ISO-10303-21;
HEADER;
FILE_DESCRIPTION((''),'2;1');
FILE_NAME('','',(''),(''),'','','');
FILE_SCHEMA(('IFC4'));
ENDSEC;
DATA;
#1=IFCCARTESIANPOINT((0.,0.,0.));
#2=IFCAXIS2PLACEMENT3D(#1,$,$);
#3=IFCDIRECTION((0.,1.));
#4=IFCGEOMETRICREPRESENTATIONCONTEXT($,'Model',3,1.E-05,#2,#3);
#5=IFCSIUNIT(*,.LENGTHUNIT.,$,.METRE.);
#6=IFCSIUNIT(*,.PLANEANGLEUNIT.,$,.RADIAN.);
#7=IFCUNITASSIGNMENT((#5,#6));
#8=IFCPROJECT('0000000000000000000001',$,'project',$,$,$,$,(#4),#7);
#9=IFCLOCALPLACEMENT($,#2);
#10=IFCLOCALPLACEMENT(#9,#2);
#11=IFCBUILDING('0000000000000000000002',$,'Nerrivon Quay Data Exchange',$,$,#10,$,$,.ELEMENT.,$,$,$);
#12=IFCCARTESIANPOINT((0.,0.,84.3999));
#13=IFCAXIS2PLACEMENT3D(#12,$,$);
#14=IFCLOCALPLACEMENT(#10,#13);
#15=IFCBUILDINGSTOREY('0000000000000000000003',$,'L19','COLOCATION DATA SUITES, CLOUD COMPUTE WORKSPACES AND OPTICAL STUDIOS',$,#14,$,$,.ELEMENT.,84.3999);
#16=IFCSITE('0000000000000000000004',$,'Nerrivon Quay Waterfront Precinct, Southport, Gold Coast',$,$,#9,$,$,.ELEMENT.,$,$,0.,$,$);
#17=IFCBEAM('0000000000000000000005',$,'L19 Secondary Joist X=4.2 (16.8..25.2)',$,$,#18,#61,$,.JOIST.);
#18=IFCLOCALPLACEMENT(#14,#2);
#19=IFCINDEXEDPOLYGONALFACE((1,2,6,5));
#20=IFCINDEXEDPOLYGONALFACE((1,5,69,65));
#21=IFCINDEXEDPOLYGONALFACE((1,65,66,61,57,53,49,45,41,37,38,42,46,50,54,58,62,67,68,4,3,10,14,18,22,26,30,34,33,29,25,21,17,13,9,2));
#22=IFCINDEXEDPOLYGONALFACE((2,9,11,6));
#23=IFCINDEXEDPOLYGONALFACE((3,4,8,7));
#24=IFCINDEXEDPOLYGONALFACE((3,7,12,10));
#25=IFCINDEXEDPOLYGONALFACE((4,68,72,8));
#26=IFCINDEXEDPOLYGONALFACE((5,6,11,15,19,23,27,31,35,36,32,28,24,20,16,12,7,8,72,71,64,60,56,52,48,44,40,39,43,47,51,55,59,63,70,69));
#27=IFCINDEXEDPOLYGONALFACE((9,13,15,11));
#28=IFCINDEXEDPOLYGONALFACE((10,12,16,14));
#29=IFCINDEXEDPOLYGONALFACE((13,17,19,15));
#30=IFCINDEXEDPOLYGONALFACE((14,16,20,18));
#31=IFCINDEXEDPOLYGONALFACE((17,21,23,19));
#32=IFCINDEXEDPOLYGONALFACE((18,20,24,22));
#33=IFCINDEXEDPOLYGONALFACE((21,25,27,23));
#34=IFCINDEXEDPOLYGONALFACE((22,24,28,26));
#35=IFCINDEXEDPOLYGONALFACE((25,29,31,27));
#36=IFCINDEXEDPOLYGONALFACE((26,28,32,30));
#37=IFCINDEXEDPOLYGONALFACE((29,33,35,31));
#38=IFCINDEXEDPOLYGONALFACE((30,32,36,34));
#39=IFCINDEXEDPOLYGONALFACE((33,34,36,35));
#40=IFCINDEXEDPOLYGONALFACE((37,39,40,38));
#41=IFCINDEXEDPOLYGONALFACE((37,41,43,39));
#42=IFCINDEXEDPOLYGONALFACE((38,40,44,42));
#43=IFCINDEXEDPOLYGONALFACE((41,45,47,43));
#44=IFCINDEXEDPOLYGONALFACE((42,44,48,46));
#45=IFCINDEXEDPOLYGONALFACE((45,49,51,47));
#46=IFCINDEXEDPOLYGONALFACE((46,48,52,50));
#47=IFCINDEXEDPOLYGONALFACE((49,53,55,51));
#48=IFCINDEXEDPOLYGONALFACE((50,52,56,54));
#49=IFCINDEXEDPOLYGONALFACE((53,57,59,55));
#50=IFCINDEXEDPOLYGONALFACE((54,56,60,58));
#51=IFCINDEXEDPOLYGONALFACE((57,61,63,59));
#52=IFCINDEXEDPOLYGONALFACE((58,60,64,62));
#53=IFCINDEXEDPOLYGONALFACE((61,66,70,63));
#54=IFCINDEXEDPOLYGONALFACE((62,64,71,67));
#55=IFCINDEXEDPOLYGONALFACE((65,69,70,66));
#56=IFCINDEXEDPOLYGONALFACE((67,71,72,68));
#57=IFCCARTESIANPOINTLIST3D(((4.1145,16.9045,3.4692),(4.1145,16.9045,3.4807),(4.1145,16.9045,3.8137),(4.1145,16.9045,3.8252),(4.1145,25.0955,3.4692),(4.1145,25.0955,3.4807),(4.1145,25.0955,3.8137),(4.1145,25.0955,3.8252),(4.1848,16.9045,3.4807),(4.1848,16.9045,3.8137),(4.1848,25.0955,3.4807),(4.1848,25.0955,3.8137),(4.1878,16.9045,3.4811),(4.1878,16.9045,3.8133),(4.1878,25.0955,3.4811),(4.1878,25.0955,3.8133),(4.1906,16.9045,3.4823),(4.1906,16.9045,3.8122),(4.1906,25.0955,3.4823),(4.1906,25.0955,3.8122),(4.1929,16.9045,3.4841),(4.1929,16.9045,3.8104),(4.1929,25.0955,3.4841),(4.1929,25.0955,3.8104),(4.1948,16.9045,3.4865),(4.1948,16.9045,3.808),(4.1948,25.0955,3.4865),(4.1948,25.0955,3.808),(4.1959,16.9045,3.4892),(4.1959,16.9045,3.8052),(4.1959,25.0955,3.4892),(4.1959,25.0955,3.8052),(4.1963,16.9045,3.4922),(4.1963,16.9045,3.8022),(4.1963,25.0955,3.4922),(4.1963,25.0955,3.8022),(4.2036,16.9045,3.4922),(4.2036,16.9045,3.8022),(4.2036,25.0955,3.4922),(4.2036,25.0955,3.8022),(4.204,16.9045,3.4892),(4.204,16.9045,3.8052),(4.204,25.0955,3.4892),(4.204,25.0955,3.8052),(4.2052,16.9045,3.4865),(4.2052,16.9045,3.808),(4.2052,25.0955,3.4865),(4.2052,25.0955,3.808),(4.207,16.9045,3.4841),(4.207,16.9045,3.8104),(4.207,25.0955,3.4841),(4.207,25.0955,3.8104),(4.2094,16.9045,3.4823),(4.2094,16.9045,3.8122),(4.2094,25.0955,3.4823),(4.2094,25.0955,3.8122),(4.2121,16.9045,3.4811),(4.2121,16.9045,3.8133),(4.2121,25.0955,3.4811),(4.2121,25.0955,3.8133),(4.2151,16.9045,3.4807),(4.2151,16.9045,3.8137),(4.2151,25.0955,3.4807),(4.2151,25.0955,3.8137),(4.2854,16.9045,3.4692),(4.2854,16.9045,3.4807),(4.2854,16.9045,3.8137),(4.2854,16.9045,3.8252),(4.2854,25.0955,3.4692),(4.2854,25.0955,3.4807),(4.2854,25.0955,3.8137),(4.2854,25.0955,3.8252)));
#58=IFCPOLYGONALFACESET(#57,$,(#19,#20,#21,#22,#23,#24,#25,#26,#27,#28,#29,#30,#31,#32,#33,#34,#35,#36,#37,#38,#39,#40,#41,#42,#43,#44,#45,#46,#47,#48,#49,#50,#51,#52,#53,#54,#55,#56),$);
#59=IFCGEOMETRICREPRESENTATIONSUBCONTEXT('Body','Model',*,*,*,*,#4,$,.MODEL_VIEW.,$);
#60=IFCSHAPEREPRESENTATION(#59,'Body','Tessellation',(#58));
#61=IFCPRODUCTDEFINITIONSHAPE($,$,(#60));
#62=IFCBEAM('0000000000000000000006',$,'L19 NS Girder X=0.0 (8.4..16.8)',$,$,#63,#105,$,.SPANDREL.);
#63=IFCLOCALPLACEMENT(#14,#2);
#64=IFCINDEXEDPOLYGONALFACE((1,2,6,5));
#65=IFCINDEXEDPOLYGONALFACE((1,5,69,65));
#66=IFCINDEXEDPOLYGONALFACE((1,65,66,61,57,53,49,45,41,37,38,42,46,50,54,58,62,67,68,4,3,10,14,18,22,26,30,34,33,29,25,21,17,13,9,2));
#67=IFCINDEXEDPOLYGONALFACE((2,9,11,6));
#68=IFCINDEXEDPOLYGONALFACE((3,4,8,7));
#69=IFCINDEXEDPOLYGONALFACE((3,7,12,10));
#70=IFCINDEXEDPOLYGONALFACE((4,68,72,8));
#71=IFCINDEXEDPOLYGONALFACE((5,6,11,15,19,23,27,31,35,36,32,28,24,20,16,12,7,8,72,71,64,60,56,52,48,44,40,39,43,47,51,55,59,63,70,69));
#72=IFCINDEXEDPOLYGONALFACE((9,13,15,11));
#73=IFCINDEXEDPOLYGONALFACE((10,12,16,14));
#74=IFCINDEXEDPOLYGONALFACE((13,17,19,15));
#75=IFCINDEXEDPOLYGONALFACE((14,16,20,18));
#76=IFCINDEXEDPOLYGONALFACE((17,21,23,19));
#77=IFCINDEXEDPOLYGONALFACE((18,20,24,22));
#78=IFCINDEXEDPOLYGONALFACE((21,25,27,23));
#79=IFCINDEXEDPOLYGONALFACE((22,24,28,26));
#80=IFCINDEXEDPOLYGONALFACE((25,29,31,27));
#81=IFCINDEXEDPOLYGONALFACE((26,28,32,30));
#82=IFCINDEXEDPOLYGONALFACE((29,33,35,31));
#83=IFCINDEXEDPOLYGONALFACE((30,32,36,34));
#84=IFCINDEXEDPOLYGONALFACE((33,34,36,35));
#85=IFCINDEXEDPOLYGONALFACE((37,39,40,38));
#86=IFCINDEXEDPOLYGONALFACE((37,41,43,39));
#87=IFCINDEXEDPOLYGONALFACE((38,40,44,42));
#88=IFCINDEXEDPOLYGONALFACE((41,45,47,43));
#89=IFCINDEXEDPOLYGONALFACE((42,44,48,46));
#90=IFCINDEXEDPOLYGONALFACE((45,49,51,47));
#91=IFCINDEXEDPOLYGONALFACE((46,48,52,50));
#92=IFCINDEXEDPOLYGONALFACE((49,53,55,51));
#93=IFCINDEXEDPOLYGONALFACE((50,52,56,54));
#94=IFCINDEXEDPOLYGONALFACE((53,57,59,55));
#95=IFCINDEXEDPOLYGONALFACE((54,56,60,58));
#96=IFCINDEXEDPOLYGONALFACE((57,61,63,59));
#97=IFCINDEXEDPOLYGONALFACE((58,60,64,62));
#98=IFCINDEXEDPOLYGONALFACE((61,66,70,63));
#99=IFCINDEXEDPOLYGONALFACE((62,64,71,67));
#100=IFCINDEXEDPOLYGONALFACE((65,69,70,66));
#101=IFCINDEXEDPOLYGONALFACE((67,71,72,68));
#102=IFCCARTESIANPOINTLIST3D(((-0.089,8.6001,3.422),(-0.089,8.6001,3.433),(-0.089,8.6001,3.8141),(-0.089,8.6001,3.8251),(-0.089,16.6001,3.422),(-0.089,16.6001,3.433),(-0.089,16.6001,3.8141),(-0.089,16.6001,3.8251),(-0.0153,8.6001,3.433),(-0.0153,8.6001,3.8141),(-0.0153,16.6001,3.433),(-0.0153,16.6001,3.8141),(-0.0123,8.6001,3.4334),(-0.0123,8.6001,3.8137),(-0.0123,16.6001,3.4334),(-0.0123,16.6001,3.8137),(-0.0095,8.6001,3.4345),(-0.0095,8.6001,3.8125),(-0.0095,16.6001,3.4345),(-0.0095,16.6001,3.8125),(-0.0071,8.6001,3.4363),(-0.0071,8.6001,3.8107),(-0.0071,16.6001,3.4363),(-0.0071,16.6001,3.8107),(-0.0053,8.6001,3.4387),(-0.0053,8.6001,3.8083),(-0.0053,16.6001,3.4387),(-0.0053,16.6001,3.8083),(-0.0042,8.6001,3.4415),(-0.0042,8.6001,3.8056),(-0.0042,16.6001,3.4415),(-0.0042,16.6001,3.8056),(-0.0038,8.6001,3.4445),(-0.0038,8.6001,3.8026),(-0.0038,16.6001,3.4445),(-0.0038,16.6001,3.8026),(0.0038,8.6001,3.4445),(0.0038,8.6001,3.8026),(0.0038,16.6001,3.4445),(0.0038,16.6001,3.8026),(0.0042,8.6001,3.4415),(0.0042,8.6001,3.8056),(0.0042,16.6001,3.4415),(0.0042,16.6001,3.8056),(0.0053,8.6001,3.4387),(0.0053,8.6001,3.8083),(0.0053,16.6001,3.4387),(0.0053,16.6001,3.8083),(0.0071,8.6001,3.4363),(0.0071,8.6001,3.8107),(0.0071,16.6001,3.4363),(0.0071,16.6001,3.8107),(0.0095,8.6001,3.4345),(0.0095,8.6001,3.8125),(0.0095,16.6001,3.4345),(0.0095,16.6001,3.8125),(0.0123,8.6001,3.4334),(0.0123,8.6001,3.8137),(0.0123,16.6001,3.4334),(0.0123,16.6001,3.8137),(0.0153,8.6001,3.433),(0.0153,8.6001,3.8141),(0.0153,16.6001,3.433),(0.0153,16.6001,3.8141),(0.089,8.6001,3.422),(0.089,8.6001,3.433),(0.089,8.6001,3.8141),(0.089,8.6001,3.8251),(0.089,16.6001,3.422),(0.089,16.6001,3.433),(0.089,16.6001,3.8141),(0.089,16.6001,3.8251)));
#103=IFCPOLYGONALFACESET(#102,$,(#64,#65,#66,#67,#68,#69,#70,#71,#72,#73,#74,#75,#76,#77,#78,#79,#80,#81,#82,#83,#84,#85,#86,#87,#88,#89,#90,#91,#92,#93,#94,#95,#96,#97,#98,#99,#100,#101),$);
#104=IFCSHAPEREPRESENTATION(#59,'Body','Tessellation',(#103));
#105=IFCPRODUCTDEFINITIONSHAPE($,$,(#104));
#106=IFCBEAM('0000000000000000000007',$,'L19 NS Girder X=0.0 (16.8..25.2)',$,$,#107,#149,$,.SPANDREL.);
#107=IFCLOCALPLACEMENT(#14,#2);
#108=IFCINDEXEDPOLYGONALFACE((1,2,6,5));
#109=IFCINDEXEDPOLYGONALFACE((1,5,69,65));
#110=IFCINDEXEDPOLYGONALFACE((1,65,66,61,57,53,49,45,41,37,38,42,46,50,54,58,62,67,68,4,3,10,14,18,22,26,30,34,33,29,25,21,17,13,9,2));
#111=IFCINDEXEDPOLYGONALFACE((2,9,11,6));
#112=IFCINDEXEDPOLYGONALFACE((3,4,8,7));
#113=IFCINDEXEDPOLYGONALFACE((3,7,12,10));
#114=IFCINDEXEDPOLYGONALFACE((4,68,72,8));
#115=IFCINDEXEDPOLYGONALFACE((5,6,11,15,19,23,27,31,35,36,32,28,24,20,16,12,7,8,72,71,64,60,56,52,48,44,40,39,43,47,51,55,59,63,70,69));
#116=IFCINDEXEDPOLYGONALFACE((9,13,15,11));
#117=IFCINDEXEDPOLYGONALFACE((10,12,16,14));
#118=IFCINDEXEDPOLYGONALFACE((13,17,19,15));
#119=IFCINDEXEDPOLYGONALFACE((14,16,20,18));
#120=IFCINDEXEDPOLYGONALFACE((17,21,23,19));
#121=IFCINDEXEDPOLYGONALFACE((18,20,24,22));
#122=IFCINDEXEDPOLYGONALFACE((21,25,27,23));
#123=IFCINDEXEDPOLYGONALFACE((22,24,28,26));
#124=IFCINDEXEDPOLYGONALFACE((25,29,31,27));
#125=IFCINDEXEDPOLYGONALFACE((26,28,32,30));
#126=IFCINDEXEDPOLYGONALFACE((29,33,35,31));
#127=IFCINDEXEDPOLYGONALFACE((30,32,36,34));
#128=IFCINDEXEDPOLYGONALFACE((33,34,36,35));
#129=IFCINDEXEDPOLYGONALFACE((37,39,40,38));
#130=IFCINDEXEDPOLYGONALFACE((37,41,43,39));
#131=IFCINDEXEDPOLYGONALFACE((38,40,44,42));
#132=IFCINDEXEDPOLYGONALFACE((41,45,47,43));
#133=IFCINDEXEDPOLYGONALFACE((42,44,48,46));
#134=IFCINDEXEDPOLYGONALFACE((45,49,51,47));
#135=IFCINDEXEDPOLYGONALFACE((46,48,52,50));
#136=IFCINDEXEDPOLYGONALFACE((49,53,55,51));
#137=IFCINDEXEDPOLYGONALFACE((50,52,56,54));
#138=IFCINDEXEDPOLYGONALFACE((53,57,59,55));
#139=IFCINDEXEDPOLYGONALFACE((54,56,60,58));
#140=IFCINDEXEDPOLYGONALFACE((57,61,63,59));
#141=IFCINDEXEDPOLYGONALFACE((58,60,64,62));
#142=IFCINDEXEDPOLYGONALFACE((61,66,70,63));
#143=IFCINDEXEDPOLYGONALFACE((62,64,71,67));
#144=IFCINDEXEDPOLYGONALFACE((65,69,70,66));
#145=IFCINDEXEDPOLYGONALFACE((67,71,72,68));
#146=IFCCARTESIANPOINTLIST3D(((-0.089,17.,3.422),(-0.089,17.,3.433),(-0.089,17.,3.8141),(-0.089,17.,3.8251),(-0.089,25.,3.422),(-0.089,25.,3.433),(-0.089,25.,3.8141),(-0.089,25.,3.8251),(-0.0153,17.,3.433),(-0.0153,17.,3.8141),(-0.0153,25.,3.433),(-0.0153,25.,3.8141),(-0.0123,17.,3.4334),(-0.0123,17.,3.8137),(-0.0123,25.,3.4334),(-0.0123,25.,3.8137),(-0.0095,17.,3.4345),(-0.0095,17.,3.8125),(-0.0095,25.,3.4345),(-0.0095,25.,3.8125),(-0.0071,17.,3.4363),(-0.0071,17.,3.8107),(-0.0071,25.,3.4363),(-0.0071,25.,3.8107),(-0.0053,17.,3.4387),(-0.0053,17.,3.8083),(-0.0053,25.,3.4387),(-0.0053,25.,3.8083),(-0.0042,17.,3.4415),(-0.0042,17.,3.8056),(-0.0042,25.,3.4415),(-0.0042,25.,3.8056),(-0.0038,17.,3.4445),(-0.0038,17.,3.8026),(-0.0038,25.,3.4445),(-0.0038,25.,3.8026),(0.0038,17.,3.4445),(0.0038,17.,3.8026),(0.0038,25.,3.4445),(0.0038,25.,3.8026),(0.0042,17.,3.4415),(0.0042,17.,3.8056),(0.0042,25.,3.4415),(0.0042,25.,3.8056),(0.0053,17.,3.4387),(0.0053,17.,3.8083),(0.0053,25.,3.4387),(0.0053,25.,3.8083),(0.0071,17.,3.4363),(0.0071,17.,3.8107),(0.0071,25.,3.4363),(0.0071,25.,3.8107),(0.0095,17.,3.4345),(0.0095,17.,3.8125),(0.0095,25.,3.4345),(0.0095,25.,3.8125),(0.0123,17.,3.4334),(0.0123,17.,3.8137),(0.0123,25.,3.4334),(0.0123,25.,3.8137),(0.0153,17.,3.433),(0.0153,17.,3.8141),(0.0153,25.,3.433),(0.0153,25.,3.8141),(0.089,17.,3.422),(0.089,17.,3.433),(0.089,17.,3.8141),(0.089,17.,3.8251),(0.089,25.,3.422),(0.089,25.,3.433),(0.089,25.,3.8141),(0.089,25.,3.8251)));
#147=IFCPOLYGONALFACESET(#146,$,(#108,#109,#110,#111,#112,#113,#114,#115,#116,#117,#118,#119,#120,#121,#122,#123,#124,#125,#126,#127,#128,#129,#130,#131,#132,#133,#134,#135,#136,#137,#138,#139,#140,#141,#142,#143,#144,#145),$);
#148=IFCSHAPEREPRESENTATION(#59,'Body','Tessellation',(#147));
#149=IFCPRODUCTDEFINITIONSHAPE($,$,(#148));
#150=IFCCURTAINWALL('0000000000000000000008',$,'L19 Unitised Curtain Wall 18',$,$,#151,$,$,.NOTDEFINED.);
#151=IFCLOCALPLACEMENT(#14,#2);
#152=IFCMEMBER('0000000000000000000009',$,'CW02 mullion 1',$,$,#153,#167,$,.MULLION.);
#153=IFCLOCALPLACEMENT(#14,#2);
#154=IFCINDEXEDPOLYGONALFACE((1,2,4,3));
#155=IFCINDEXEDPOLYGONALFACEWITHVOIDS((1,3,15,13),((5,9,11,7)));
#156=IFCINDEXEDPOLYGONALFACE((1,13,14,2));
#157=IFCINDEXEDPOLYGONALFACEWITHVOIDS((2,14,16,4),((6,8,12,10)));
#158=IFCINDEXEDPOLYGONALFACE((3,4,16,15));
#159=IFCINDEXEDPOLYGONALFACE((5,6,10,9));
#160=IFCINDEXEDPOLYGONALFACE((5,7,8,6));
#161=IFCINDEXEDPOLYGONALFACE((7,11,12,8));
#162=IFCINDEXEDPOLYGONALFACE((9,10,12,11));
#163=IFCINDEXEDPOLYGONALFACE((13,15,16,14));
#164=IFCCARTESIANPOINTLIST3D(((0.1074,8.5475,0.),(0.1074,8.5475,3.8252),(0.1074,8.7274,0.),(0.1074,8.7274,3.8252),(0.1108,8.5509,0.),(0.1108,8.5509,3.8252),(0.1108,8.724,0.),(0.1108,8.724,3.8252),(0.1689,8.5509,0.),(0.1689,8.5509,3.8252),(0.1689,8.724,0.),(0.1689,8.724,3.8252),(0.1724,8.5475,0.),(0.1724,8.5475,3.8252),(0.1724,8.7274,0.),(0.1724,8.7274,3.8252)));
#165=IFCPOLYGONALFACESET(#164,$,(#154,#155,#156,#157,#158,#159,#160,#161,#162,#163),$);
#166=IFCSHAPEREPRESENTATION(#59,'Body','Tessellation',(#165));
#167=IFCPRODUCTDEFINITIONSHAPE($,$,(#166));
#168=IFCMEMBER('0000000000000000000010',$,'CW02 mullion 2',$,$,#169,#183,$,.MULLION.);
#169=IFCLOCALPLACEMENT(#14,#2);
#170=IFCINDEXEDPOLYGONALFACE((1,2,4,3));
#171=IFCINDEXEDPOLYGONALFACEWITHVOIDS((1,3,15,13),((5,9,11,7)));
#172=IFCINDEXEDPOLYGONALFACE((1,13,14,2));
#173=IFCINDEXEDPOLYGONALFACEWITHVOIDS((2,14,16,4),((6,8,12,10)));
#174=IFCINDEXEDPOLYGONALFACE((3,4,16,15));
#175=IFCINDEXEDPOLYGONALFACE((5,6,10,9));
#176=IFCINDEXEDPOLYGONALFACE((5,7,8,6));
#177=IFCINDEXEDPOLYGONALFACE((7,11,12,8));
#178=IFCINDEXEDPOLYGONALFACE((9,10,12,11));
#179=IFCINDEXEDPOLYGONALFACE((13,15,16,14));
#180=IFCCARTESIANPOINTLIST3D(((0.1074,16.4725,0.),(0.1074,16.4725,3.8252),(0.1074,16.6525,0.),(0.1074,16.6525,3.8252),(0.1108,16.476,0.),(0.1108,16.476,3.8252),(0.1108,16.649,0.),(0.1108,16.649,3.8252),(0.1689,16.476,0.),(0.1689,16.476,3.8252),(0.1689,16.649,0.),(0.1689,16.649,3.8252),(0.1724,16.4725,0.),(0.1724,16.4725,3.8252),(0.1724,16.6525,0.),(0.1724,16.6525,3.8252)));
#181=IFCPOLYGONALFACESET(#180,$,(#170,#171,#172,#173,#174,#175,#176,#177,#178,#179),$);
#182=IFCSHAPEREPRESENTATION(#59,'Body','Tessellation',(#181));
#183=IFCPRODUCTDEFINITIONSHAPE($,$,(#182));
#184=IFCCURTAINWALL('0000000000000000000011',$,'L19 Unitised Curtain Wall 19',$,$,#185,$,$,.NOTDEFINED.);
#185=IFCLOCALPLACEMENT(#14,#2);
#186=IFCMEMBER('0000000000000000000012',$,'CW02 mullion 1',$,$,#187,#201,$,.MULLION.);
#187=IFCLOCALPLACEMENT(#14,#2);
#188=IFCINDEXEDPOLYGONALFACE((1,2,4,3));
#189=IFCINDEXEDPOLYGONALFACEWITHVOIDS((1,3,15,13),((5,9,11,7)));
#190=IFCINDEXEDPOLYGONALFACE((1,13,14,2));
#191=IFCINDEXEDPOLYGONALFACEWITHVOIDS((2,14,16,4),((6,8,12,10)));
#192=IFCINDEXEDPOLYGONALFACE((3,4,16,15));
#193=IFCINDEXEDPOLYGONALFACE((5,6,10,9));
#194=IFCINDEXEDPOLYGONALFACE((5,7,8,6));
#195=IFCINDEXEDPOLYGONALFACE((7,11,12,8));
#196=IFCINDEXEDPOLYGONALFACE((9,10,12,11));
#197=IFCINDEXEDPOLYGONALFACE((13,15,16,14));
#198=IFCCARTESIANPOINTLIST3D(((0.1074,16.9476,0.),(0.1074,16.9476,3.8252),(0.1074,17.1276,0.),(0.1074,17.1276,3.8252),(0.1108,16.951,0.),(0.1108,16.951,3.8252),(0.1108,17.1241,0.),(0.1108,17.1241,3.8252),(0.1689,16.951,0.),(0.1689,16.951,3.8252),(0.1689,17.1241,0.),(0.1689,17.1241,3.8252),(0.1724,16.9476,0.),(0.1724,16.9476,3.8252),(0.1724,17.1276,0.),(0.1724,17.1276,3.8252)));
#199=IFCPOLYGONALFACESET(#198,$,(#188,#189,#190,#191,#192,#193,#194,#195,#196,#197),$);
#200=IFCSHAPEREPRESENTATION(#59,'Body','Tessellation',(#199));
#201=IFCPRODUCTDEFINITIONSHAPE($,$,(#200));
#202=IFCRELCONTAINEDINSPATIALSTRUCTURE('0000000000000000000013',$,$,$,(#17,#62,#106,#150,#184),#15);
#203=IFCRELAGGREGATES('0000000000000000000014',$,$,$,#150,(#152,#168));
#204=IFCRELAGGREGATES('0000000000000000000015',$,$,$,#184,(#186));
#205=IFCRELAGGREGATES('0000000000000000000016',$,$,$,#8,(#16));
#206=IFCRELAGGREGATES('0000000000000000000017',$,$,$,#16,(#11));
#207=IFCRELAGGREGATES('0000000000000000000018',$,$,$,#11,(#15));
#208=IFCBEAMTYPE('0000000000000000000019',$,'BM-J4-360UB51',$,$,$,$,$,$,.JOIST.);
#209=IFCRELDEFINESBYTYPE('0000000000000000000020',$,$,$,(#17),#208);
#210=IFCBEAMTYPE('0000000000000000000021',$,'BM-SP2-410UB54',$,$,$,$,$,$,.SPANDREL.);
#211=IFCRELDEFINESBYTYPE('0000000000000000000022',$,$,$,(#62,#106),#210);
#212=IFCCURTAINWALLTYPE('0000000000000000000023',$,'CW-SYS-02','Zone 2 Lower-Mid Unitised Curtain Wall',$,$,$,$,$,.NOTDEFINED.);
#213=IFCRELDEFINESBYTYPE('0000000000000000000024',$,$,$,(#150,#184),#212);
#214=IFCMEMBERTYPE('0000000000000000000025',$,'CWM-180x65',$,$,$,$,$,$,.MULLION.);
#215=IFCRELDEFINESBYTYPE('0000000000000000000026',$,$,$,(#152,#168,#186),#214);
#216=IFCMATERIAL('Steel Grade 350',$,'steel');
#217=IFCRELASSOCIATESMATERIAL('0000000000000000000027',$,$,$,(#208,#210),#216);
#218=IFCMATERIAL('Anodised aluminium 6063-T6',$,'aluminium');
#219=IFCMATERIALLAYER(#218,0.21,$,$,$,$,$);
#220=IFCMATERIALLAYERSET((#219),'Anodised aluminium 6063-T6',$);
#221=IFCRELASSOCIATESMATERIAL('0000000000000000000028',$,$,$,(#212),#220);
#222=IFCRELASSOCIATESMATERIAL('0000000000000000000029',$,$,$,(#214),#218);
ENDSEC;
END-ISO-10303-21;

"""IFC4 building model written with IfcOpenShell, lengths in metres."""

from ifc_helpers import new_model, si_unit, direction, frame, origin, origin_2d, place, context, subcontext, project, spatial, hollow_rectangle, i_section, extrude, material, layer, layer_set, material_profile, profile_set, type_object, element, aggregate, save


model = new_model("IFC4")

# Units and contexts
model_context = context("Model", 3, precision=1e-05, world=origin(), true_north=direction((0.0, 1.0)))
body_context = subcontext(model_context, "Body", "Model", "MODEL_VIEW")
ifc_project = project(units=[si_unit("LENGTHUNIT", "METRE"), si_unit("PLANEANGLEUNIT", "RADIAN")], contexts=[model_context])

# Site, building, storey
site_placement = place(None, origin())
site = spatial("IfcSite", under=ifc_project, at=site_placement, Name="Nerrivon Quay Waterfront Precinct, Southport, Gold Coast", CompositionType="ELEMENT", RefElevation=0.0)
building_placement = place(site_placement, origin())
building = spatial("IfcBuilding", under=site, at=building_placement, Name="Nerrivon Quay Data Exchange", CompositionType="ELEMENT")
storey_placement = place(building_placement, frame((0.0, 0.0, 84.3999)))
storey = spatial("IfcBuildingStorey", under=building, at=storey_placement, Name="L19", Description="COLOCATION DATA SUITES, CLOUD COMPUTE WORKSPACES AND OPTICAL STUDIOS", CompositionType="ELEMENT", Elevation=84.3999)

# Shared definitions
ifc_material_1 = material(Name="Steel Grade 350", Category="steel")

# Beams
ifc_material_profile_1 = material_profile(ifc_material_1, i_section(OverallWidth=0.1709, OverallDepth=0.356, WebThickness=0.0073, FlangeThickness=0.0115, FilletRadius=0.0115, at=origin_2d()), Name="360UB50.7")
ifc_profile_set_1 = profile_set([ifc_material_profile_1], Name="Steel Grade 350")
beam_type_1 = type_object("IfcBeamType", Name="BM-J4-360UB51", PredefinedType="JOIST", material=ifc_profile_set_1)
beam_1_placement = place(storey_placement, frame((4.2, 16.9045, 3.6472), z_axis=(0.0, 1.0, 0.0), x_axis=(-1.0, 0.0, 0.0)))
element("IfcBeam", 1, at=beam_1_placement, inside=storey, type_object=beam_type_1, Name="L19 Secondary Joist X=4.2 (16.8..25.2)", PredefinedType="JOIST", context=body_context, shape_type="SweptSolid", body=[
    extrude(i_section(OverallWidth=0.1709, OverallDepth=0.356, WebThickness=0.0073, FlangeThickness=0.0115, FilletRadius=0.0115, at=origin_2d()), origin(), (0.0, 0.0, 1.0), 8.1909),
])
ifc_material_profile_2 = material_profile(ifc_material_1, i_section(OverallWidth=0.178, OverallDepth=0.4031, WebThickness=0.0076, FlangeThickness=0.011, FilletRadius=0.0115, at=origin_2d()), Name="410UB53.7")
ifc_profile_set_2 = profile_set([ifc_material_profile_2], Name="Steel Grade 350")
beam_type_2 = type_object("IfcBeamType", Name="BM-SP2-410UB54", PredefinedType="SPANDREL", material=ifc_profile_set_2)
for number, where, z_axis, x_axis, name in (
    (2, (0.0, 8.6001, 3.6235), (0.0, 1.0, 0.0), (-1.0, 0.0, 0.0), "L19 NS Girder X=0.0 (8.4..16.8)"),
    (3, (0.0, 17.0, 3.6235), (0.0, 1.0, 0.0), (-1.0, 0.0, 0.0), "L19 NS Girder X=0.0 (16.8..25.2)"),
):
    element("IfcBeam", number, at=place(storey_placement, frame(where, z_axis=z_axis, x_axis=x_axis)), inside=storey, type_object=beam_type_2, Name=name, PredefinedType="SPANDREL", context=body_context, shape_type="SweptSolid", body=[
        extrude(i_section(OverallWidth=0.178, OverallDepth=0.4031, WebThickness=0.0076, FlangeThickness=0.011, FilletRadius=0.0115, at=origin_2d()), origin(), (0.0, 0.0, 1.0), 8.0),
    ])

# Curtain walls, members
ifc_material_2 = material(Name="Anodised aluminium 6063-T6", Category="aluminium")
ifc_layer_1 = layer(ifc_material_2, 0.21)
ifc_layer_set_1 = layer_set([ifc_layer_1], Name="Anodised aluminium 6063-T6")
curtain_wall_type = type_object("IfcCurtainWallType", Name="CW-SYS-02", Description="Zone 2 Lower-Mid Unitised Curtain Wall", PredefinedType="NOTDEFINED", material=ifc_layer_set_1)
curtain_wall_1_placement = place(storey_placement, origin())
curtain_wall_1 = element("IfcCurtainWall", 4, at=curtain_wall_1_placement, inside=storey, type_object=curtain_wall_type, Name="L19 Unitised Curtain Wall 18", PredefinedType="NOTDEFINED")
ifc_material_profile_3 = material_profile(ifc_material_2, hollow_rectangle(XDim=0.0649, YDim=0.1799, WallThickness=0.0034, at=origin_2d()), Name="ALU-MULL-180x65")
ifc_profile_set_3 = profile_set([ifc_material_profile_3], Name="Anodised aluminium 6063-T6")
member_type_1 = type_object("IfcMemberType", Name="CWM-180x65", PredefinedType="MULLION", material=ifc_profile_set_3)
member_1_placement = place(storey_placement, frame((0.1399, 8.6375, 0.0), z_axis=(0.0, 0.0, 1.0), x_axis=(-1.0, 0.0, 0.0)))
member_1 = element("IfcMember", 5, at=member_1_placement, type_object=member_type_1, Name="CW02 mullion 1", PredefinedType="MULLION", context=body_context, shape_type="SweptSolid", body=[
    extrude(hollow_rectangle(XDim=0.0649, YDim=0.1799, WallThickness=0.0034, at=origin_2d()), origin(), (0.0, 0.0, 1.0), 3.8252),
])
member_2_placement = place(storey_placement, frame((0.1399, 16.5625, 0.0), z_axis=(0.0, 0.0, 1.0), x_axis=(-1.0, 0.0, 0.0)))
member_2 = element("IfcMember", 6, at=member_2_placement, type_object=member_type_1, Name="CW02 mullion 2", PredefinedType="MULLION", context=body_context, shape_type="SweptSolid", body=[
    extrude(hollow_rectangle(XDim=0.0649, YDim=0.1799, WallThickness=0.0034, at=origin_2d()), origin(), (0.0, 0.0, 1.0), 3.8252),
])
curtain_wall_2_placement = place(storey_placement, origin())
curtain_wall_2 = element("IfcCurtainWall", 7, at=curtain_wall_2_placement, inside=storey, type_object=curtain_wall_type, Name="L19 Unitised Curtain Wall 19", PredefinedType="NOTDEFINED")
member_3_placement = place(storey_placement, frame((0.1399, 17.0376, 0.0), z_axis=(0.0, 0.0, 1.0), x_axis=(-1.0, 0.0, 0.0)))
member_3 = element("IfcMember", 8, at=member_3_placement, type_object=member_type_1, Name="CW02 mullion 1", PredefinedType="MULLION", context=body_context, shape_type="SweptSolid", body=[
    extrude(hollow_rectangle(XDim=0.0649, YDim=0.1799, WallThickness=0.0034, at=origin_2d()), origin(), (0.0, 0.0, 1.0), 3.8252),
])

aggregate(curtain_wall_1, [member_1, member_2])
aggregate(curtain_wall_2, [member_3])

save(model, "model.ifc")
